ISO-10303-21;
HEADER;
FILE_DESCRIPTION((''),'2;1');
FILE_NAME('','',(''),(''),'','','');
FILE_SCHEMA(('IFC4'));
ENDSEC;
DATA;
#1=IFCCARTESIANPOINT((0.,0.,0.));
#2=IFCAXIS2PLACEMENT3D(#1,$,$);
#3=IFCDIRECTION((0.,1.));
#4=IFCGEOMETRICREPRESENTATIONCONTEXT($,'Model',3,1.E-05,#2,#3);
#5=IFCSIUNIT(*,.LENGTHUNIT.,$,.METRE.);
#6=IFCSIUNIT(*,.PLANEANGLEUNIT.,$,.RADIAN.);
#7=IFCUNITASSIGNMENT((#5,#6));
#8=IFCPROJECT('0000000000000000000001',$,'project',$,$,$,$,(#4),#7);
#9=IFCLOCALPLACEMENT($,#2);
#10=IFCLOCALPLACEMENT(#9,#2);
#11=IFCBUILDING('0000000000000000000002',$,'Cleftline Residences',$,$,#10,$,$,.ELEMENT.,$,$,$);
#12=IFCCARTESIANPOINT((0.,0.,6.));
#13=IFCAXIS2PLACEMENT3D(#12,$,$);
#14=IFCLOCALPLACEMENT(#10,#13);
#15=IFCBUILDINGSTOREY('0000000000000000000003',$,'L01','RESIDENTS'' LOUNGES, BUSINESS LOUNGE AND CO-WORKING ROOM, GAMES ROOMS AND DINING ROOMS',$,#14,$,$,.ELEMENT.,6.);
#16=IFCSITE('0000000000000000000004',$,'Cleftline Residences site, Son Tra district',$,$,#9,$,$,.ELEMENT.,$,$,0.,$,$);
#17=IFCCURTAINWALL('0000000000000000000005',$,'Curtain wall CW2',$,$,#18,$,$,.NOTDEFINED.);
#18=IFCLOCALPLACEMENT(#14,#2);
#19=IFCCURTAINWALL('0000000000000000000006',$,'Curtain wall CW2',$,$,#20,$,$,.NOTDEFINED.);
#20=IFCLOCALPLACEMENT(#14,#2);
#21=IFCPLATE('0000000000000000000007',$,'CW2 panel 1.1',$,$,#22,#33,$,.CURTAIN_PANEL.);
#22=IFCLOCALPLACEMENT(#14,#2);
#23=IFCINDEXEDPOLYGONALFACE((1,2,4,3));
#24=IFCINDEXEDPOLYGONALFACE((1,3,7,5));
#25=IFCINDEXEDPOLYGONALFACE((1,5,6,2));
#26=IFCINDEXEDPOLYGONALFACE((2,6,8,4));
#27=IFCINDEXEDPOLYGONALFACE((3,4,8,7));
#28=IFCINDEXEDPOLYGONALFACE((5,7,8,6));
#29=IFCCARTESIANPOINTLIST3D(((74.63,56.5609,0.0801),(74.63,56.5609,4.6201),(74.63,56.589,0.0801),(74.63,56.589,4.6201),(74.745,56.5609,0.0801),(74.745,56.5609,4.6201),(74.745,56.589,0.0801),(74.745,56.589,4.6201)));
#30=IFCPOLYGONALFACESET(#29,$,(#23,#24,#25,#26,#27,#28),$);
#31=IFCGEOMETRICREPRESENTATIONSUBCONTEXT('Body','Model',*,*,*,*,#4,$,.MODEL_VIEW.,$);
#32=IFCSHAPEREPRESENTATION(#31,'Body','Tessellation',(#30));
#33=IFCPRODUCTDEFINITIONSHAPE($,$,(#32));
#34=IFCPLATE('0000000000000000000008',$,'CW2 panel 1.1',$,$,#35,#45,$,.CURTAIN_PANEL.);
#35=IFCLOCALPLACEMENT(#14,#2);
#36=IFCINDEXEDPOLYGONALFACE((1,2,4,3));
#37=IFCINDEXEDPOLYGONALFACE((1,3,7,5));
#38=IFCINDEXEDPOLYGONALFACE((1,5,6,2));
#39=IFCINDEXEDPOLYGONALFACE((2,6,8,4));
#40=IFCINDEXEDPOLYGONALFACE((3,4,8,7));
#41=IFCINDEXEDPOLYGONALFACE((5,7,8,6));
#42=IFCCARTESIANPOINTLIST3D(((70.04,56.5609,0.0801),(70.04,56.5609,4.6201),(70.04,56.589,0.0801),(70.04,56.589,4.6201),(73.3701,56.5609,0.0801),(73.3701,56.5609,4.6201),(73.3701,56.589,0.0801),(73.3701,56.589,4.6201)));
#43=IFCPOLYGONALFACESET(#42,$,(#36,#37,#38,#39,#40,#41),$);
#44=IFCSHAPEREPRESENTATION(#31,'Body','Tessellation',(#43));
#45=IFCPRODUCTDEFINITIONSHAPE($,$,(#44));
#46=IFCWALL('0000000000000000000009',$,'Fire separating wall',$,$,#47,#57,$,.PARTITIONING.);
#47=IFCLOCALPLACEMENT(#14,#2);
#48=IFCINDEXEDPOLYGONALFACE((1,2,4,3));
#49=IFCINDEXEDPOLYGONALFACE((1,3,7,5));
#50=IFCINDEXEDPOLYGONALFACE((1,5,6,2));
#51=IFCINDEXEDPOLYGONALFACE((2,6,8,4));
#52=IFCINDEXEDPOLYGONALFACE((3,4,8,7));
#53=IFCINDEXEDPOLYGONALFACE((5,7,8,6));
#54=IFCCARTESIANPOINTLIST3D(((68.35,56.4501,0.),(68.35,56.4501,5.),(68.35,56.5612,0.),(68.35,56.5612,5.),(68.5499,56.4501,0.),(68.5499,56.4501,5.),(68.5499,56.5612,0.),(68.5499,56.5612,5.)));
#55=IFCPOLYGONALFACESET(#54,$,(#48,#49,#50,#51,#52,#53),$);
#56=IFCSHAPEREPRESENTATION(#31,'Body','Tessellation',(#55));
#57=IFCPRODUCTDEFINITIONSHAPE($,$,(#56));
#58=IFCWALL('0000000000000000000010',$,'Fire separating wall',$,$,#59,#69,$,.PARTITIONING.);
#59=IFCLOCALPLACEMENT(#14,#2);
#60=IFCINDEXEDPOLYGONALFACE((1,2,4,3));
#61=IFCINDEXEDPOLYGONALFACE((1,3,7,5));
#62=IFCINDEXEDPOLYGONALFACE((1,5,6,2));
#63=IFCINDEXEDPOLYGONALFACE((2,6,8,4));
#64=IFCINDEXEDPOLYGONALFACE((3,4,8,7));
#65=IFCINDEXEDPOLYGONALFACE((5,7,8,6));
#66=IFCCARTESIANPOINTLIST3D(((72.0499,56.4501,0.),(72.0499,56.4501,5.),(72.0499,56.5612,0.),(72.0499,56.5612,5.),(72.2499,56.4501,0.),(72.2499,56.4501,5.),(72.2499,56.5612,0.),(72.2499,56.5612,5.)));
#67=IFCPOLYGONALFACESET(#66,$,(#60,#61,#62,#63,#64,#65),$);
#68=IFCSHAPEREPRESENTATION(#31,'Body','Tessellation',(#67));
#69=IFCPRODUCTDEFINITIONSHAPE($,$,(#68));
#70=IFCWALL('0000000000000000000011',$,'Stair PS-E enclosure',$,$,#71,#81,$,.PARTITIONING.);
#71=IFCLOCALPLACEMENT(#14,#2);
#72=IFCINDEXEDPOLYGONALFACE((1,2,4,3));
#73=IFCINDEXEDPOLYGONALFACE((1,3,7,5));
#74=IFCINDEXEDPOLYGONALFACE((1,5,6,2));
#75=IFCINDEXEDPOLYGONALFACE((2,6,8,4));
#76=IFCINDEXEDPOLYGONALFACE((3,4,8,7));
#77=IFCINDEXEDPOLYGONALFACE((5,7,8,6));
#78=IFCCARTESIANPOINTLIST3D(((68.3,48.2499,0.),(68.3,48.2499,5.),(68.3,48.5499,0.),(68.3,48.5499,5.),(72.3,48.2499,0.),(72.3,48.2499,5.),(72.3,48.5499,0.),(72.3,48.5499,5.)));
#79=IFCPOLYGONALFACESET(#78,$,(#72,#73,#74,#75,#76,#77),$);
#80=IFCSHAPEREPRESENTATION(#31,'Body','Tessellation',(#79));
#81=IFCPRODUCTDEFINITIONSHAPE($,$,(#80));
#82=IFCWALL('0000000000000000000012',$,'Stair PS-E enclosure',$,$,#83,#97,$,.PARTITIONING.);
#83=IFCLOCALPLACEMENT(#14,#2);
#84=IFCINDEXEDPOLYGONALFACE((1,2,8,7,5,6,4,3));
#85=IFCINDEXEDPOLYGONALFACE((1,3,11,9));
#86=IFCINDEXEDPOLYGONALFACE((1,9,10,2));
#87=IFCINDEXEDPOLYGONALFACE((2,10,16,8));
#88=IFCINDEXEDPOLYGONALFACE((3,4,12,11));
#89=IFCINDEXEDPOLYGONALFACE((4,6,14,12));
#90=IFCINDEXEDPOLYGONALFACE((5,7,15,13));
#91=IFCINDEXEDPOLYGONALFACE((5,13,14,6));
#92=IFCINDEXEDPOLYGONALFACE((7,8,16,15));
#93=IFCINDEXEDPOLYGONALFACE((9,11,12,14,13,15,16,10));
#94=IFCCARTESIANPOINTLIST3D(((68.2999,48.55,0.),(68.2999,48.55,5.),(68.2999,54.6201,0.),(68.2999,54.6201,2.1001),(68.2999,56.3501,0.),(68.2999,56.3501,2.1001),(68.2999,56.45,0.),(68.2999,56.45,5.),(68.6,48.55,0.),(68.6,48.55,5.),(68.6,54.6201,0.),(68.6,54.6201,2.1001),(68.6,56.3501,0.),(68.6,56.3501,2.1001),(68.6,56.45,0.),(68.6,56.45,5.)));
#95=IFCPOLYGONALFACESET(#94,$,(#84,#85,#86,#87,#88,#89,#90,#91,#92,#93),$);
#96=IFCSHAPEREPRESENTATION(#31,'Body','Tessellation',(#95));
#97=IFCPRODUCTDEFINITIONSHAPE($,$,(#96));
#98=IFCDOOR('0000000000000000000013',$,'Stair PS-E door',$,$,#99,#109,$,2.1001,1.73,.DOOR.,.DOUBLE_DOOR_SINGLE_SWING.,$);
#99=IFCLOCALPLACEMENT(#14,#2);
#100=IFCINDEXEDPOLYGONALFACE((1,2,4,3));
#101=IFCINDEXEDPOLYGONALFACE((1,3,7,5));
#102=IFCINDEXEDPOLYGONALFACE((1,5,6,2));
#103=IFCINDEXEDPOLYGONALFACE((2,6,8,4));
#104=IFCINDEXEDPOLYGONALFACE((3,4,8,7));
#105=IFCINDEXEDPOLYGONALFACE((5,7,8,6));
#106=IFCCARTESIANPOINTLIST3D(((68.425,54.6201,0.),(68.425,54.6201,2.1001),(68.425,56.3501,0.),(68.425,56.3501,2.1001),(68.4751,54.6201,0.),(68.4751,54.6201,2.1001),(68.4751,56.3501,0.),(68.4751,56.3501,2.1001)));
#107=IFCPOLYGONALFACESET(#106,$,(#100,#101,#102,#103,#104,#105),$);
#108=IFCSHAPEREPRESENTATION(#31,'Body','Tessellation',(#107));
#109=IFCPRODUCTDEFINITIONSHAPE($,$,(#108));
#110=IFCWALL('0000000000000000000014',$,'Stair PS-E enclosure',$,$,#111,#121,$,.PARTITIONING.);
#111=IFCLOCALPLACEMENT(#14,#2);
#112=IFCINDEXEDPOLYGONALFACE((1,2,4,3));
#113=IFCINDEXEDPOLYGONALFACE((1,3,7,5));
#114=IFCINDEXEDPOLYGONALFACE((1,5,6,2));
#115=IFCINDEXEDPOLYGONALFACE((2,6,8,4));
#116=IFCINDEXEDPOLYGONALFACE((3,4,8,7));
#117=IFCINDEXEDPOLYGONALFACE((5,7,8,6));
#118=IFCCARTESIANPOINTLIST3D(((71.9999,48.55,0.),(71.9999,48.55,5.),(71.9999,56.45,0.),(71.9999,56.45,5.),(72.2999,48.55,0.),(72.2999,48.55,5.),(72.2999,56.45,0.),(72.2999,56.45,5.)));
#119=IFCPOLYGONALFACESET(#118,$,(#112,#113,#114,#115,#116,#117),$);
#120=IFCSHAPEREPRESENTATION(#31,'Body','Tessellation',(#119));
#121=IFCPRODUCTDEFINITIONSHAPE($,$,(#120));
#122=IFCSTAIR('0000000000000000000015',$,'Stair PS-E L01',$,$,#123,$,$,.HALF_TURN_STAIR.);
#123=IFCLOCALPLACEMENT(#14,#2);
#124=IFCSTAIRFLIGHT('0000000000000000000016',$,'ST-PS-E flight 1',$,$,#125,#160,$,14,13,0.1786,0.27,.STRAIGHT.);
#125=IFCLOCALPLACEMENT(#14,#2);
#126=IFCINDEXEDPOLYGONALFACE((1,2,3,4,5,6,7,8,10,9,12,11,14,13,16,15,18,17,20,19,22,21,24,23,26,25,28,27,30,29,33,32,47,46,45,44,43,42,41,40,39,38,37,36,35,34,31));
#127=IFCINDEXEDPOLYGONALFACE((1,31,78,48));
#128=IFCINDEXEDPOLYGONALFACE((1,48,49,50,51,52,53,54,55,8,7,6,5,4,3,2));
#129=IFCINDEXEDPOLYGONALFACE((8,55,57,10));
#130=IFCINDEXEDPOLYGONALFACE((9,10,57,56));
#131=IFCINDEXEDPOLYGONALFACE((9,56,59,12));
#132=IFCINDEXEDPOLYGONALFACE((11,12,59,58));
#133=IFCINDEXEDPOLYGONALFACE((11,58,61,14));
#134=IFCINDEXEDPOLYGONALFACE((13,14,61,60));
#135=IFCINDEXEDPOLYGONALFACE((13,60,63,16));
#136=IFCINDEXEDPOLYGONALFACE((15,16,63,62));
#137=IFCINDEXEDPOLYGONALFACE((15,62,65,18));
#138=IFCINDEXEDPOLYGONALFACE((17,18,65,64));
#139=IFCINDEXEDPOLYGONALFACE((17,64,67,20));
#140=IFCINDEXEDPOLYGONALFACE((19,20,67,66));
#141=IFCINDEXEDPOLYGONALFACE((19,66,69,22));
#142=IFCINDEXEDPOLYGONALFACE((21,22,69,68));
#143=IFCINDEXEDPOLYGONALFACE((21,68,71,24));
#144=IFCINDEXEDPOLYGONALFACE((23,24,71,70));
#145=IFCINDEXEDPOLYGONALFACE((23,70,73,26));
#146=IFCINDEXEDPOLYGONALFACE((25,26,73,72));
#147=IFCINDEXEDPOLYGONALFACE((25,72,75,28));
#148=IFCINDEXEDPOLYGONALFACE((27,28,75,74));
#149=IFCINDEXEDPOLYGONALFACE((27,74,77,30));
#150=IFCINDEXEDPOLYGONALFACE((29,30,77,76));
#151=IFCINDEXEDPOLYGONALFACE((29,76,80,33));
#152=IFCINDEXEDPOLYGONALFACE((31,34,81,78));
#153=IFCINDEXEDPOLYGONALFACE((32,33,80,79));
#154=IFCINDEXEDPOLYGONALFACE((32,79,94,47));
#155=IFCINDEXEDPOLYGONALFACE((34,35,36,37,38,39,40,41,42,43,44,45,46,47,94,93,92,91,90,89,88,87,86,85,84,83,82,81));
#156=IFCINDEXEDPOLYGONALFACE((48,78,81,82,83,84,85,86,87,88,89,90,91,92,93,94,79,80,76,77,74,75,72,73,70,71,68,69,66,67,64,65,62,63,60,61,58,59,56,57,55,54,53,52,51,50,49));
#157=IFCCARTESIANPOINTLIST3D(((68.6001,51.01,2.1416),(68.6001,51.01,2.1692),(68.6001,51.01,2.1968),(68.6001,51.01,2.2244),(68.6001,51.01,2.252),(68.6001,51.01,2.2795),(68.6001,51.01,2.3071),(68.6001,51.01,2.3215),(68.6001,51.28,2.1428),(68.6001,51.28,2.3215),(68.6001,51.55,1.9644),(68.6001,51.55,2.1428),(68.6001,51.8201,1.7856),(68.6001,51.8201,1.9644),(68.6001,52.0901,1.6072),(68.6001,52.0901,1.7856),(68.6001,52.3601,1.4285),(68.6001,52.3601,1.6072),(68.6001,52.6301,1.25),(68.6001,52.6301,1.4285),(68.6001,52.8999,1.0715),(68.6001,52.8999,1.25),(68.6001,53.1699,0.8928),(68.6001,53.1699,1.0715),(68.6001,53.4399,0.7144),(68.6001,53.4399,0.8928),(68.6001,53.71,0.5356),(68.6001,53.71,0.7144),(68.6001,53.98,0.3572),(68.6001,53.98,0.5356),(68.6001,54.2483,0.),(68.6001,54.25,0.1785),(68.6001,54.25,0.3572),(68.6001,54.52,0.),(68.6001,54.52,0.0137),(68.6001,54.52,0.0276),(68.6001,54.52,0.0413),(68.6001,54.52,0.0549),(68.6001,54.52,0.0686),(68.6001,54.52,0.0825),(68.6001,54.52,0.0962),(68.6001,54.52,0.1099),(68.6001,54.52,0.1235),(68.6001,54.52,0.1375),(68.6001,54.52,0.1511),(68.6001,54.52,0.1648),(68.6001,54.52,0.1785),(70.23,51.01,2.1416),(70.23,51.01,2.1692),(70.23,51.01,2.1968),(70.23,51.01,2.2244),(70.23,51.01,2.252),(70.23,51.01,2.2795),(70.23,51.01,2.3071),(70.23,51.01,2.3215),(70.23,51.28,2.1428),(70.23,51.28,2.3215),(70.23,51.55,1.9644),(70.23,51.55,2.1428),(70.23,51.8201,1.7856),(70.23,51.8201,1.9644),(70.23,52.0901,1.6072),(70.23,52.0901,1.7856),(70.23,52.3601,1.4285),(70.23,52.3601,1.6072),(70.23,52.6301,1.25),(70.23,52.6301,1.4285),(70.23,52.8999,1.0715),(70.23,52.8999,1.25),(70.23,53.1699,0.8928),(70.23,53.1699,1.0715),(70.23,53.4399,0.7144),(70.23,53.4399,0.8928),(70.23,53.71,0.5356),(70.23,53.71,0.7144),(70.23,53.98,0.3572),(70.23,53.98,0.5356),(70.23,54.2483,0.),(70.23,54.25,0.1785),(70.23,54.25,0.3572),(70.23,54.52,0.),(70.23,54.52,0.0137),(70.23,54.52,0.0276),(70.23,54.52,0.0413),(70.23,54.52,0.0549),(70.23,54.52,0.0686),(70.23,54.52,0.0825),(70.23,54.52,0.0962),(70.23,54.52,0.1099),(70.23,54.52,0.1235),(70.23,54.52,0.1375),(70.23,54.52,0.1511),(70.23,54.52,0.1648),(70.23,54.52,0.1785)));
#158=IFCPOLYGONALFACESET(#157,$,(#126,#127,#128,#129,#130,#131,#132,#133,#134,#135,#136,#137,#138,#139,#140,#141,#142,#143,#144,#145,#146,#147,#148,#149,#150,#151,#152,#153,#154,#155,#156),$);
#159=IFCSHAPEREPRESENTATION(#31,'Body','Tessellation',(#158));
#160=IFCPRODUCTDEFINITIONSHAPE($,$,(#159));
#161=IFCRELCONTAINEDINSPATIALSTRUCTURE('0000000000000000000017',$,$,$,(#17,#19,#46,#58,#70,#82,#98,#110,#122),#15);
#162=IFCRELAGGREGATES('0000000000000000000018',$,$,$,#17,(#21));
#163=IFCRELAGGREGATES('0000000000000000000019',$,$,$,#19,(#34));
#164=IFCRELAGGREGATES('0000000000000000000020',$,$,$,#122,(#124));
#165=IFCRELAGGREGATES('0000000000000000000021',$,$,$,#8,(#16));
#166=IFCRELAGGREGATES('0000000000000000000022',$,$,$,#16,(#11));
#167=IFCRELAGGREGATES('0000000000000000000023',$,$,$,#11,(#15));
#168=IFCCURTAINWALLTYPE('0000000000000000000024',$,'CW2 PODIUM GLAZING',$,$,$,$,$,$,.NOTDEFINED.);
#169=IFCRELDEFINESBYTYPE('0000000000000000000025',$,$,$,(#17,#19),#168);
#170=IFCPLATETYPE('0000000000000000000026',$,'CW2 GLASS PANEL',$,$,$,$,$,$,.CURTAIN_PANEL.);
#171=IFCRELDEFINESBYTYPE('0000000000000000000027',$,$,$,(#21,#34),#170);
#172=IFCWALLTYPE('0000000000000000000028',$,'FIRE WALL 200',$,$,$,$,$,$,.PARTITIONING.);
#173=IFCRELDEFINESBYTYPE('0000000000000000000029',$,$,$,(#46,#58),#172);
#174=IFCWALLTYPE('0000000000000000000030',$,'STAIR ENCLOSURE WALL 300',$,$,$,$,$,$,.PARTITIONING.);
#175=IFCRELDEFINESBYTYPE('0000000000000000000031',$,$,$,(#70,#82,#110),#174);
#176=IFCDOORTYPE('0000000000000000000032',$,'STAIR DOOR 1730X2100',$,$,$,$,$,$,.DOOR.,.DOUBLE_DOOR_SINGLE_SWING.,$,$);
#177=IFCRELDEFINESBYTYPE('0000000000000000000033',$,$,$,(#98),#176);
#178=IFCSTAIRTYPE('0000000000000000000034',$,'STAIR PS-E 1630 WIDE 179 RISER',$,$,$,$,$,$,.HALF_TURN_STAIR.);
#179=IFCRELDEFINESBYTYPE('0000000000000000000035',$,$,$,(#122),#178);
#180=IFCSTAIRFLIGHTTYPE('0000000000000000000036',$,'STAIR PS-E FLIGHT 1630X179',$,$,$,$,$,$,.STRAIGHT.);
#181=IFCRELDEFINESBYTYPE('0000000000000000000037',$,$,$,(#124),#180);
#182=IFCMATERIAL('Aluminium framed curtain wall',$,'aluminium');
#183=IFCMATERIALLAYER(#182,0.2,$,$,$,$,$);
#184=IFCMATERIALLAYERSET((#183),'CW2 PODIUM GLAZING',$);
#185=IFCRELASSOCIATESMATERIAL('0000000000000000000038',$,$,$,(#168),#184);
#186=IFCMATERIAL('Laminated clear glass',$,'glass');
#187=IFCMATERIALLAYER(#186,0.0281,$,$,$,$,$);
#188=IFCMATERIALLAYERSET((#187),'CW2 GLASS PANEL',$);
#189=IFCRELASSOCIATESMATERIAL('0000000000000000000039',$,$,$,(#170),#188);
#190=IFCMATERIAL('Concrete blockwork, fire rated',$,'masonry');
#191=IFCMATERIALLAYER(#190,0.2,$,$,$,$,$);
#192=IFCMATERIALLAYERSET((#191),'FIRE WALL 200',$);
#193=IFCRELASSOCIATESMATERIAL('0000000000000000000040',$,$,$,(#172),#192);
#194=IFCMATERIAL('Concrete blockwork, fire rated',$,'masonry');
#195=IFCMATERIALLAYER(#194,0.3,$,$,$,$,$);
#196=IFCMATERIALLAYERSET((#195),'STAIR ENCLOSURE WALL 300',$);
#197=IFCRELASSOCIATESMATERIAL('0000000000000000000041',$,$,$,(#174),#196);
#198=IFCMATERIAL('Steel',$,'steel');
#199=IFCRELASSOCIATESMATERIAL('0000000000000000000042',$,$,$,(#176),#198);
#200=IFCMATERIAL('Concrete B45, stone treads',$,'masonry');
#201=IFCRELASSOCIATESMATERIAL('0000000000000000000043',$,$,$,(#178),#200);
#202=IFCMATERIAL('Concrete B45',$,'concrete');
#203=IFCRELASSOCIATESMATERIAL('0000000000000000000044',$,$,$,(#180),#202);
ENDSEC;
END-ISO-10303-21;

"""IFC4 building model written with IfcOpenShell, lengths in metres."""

from ifc_helpers import new_model, si_unit, direction, frame, frame_2d, origin, origin_2d, place, context, subcontext, project, spatial, polyline, rectangle, outline, extrude, material, layer, layer_set, type_object, element, fill, aggregate, save


model = new_model("IFC4")

# Units and contexts
model_context = context("Model", 3, precision=1e-05, world=origin(), true_north=direction((0.0, 1.0)))
body_context = subcontext(model_context, "Body", "Model", "MODEL_VIEW")
ifc_project = project(units=[si_unit("LENGTHUNIT", "METRE"), si_unit("PLANEANGLEUNIT", "RADIAN")], contexts=[model_context])

# Site, building, storey
site_placement = place(None, origin())
site = spatial("IfcSite", under=ifc_project, at=site_placement, Name="Cleftline Residences site, Son Tra district", CompositionType="ELEMENT", RefElevation=0.0)
building_placement = place(site_placement, origin())
building = spatial("IfcBuilding", under=site, at=building_placement, Name="Cleftline Residences", CompositionType="ELEMENT")
storey_placement = place(building_placement, frame((0.0, 0.0, 6.0)))
storey = spatial("IfcBuildingStorey", under=building, at=storey_placement, Name="L01", Description="RESIDENTS' LOUNGES, BUSINESS LOUNGE AND CO-WORKING ROOM, GAMES ROOMS AND DINING ROOMS", CompositionType="ELEMENT", Elevation=6.0)

# Curtain walls
ifc_material_1 = material(Name="Aluminium framed curtain wall", Category="aluminium")
ifc_layer_1 = layer(ifc_material_1, 0.2)
ifc_layer_set_1 = layer_set([ifc_layer_1], Name="CW2 PODIUM GLAZING")
curtain_wall_type = type_object("IfcCurtainWallType", Name="CW2 PODIUM GLAZING", PredefinedType="NOTDEFINED", material=ifc_layer_set_1)
curtain_wall_1_placement = place(storey_placement, origin())
curtain_wall_1 = element("IfcCurtainWall", 1, at=curtain_wall_1_placement, inside=storey, type_object=curtain_wall_type, Name="Curtain wall CW2", PredefinedType="NOTDEFINED")
curtain_wall_2_placement = place(storey_placement, origin())
curtain_wall_2 = element("IfcCurtainWall", 2, at=curtain_wall_2_placement, inside=storey, type_object=curtain_wall_type, Name="Curtain wall CW2", PredefinedType="NOTDEFINED")

# Plates
ifc_material_2 = material(Name="Laminated clear glass", Category="glass")
ifc_layer_2 = layer(ifc_material_2, 0.0281)
ifc_layer_set_2 = layer_set([ifc_layer_2], Name="CW2 GLASS PANEL")
plate_type = type_object("IfcPlateType", Name="CW2 GLASS PANEL", PredefinedType="CURTAIN_PANEL", material=ifc_layer_set_2)
plate_1_placement = place(storey_placement, frame((74.6875, 56.575, 0.0801), z_axis=(0.0, 0.0, 1.0), x_axis=(-1.0, 0.0, 0.0)))
plate_1 = element("IfcPlate", 3, at=plate_1_placement, type_object=plate_type, Name="CW2 panel 1.1", PredefinedType="CURTAIN_PANEL", context=body_context, shape_type="SweptSolid", body=[
    extrude(rectangle(XDim=0.115, YDim=0.0281, at=origin_2d()), origin(), (0.0, 0.0, 1.0), 4.54),
])
aggregate(curtain_wall_1, [plate_1])
plate_2_placement = place(storey_placement, frame((71.7051, 56.575, 0.0801), z_axis=(0.0, 0.0, 1.0), x_axis=(-1.0, 0.0, 0.0)))
plate_2 = element("IfcPlate", 4, at=plate_2_placement, type_object=plate_type, Name="CW2 panel 1.1", PredefinedType="CURTAIN_PANEL", context=body_context, shape_type="SweptSolid", body=[
    extrude(rectangle(XDim=3.3301, YDim=0.0281, at=origin_2d()), origin(), (0.0, 0.0, 1.0), 4.54),
])
aggregate(curtain_wall_2, [plate_2])

# Walls
ifc_material_3 = material(Name="Concrete blockwork, fire rated", Category="masonry")
ifc_layer_3 = layer(ifc_material_3, 0.2)
ifc_layer_set_3 = layer_set([ifc_layer_3], Name="FIRE WALL 200")
wall_type_1 = type_object("IfcWallType", Name="FIRE WALL 200", PredefinedType="PARTITIONING", material=ifc_layer_set_3)
for number, where, z_axis, x_axis, name in (
    (5, (68.45, 56.45, 0.0), (0.0, 0.0, 1.0), (0.0, 1.0, 0.0), "Fire separating wall"),
    (6, (72.1499, 56.45, 0.0), (0.0, 0.0, 1.0), (0.0, 1.0, 0.0), "Fire separating wall"),
):
    element("IfcWall", number, at=place(storey_placement, frame(where, z_axis=z_axis, x_axis=x_axis)), inside=storey, type_object=wall_type_1, Name=name, PredefinedType="PARTITIONING", context=body_context, shape_type="SweptSolid", body=[
        extrude(rectangle(XDim=0.1111, YDim=0.2, at=frame_2d((0.0557, 0.0))), origin(), (0.0, 0.0, 1.0), 5.0),
    ])
ifc_material_4 = material(Name="Concrete blockwork, fire rated", Category="masonry")
ifc_layer_4 = layer(ifc_material_4, 0.3)
ifc_layer_set_4 = layer_set([ifc_layer_4], Name="STAIR ENCLOSURE WALL 300")
wall_type_2 = type_object("IfcWallType", Name="STAIR ENCLOSURE WALL 300", PredefinedType="PARTITIONING", material=ifc_layer_set_4)
wall_1_placement = place(storey_placement, frame((68.3, 48.3999, 0.0), z_axis=(0.0, 0.0, 1.0), x_axis=(1.0, 0.0, 0.0)))
element("IfcWall", 7, at=wall_1_placement, inside=storey, type_object=wall_type_2, Name="Stair PS-E enclosure", PredefinedType="PARTITIONING", context=body_context, shape_type="SweptSolid", body=[
    extrude(rectangle(XDim=4.0, YDim=0.3, at=frame_2d((2.0, 0.0))), origin(), (0.0, 0.0, 1.0), 5.0),
])

# Wall, opening, door
wall_2_placement = place(storey_placement, frame((68.45, 48.55, 0.0), z_axis=(0.0, 0.0, 1.0), x_axis=(0.0, 1.0, 0.0)))
wall_2 = element("IfcWall", 8, at=wall_2_placement, inside=storey, type_object=wall_type_2, Name="Stair PS-E enclosure", PredefinedType="PARTITIONING", context=body_context, shape_type="SweptSolid", body=[
    extrude(rectangle(XDim=7.8999, YDim=0.3, at=frame_2d((3.95, 0.0))), origin(), (0.0, 0.0, 1.0), 5.0),
])
opening_placement = place(wall_2_placement, frame((6.0701, 0.0, 0.0)))
opening = element("IfcOpeningElement", 9, at=opening_placement, cuts=wall_2, PredefinedType="OPENING", context=body_context, shape_type="SweptSolid", body=[
    extrude(rectangle(XDim=1.73, YDim=2.1001, at=frame_2d((0.865, 1.05))), frame((0.0, 0.1599, 0.0), z_axis=(0.0, -1.0, 0.0), x_axis=(1.0, 0.0, 0.0)), (0.0, 0.0, 1.0), 0.3201),
])
ifc_material_5 = material(Name="Steel", Category="steel")
door_type = type_object("IfcDoorType", Name="STAIR DOOR 1730X2100", OperationType="DOUBLE_DOOR_SINGLE_SWING", PredefinedType="DOOR", material=ifc_material_5)
door_placement = place(opening_placement, origin())
door = element("IfcDoor", 10, at=door_placement, inside=storey, type_object=door_type, Name="Stair PS-E door", OperationType="DOUBLE_DOOR_SINGLE_SWING", OverallHeight=2.1001, OverallWidth=1.73, PredefinedType="DOOR", context=body_context, shape_type="SweptSolid", body=[
    extrude(rectangle(XDim=1.73, YDim=2.1001, at=frame_2d((0.865, 1.05))), frame((0.0, 0.0249, 0.0), z_axis=(0.0, -1.0, 0.0), x_axis=(1.0, 0.0, 0.0)), (0.0, 0.0, 1.0), 0.05),
])
fill(opening, door)

# Wall
wall_3_placement = place(storey_placement, frame((72.1499, 48.55, 0.0), z_axis=(0.0, 0.0, 1.0), x_axis=(0.0, 1.0, 0.0)))
element("IfcWall", 11, at=wall_3_placement, inside=storey, type_object=wall_type_2, Name="Stair PS-E enclosure", PredefinedType="PARTITIONING", context=body_context, shape_type="SweptSolid", body=[
    extrude(rectangle(XDim=7.8999, YDim=0.3, at=frame_2d((3.95, 0.0))), origin(), (0.0, 0.0, 1.0), 5.0),
])

# Stair, stair flight
ifc_material_6 = material(Name="Concrete B45, stone treads", Category="masonry")
stair_type = type_object("IfcStairType", Name="STAIR PS-E 1630 WIDE 179 RISER", PredefinedType="HALF_TURN_STAIR", material=ifc_material_6)
stair_placement = place(storey_placement, origin())
stair = element("IfcStair", 12, at=stair_placement, inside=storey, type_object=stair_type, Name="Stair PS-E L01", PredefinedType="HALF_TURN_STAIR")
ifc_material_7 = material(Name="Concrete B45", Category="concrete")
stair_flight_type = type_object("IfcStairFlightType", Name="STAIR PS-E FLIGHT 1630X179", PredefinedType="STRAIGHT", material=ifc_material_7)
stair_flight_1_placement = place(storey_placement, frame((69.415, 54.52, 0.0), z_axis=(0.0, 0.0, 1.0), x_axis=(0.0, -1.0, 0.0)))
stair_flight_1 = element("IfcStairFlight", 13, at=stair_flight_1_placement, type_object=stair_flight_type, Name="ST-PS-E flight 1", NumberOfRisers=14, NumberOfTreads=13, PredefinedType="STRAIGHT", RiserHeight=0.1786, TreadLength=0.27, context=body_context, shape_type="SweptSolid", body=[
    extrude(outline(polyline([(0.0, 0.0), (0.0, 0.0137), (0.0, 0.0276), (0.0, 0.0413), (0.0, 0.0549), (0.0, 0.0686), (0.0, 0.0825), (0.0, 0.0962), (0.0, 0.1099), (0.0, 0.1235), (0.0, 0.1375), (0.0, 0.1511), (0.0, 0.1648), (0.0, 0.1785), (0.27, 0.1785), (0.27, 0.3572), (0.54, 0.3572), (0.54, 0.5356), (0.8101, 0.5356), (0.8101, 0.7144), (1.0801, 0.7144), (1.0801, 0.8928), (1.3501, 0.8928), (1.3501, 1.0715), (1.6201, 1.0715), (1.6201, 1.25), (1.8899, 1.25), (1.8899, 1.4285), (2.1599, 1.4285), (2.1599, 1.6072), (2.4299, 1.6072), (2.4299, 1.7856), (2.7, 1.7856), (2.7, 1.9644), (2.97, 1.9644), (2.97, 2.1428), (3.24, 2.1428), (3.24, 2.3215), (3.51, 2.3215), (3.51, 2.5), (3.51, 2.4724), (3.51, 2.4448), (3.51, 2.4172), (3.51, 2.3896), (3.51, 2.3623), (3.51, 2.3347), (3.51, 2.3071), (3.51, 2.2795), (3.51, 2.252), (3.51, 2.2244), (3.51, 2.1968), (3.51, 2.1692), (3.51, 2.1416), (0.2717, 0.0), (0.0, 0.0)])), frame((0.0, 0.8149, 0.0), z_axis=(0.0, -1.0, 0.0), x_axis=(1.0, 0.0, 0.0)), (0.0, 0.0, 1.0), 1.6299),
])
aggregate(stair, [stair_flight_1])

save(model, "model.ifc")
